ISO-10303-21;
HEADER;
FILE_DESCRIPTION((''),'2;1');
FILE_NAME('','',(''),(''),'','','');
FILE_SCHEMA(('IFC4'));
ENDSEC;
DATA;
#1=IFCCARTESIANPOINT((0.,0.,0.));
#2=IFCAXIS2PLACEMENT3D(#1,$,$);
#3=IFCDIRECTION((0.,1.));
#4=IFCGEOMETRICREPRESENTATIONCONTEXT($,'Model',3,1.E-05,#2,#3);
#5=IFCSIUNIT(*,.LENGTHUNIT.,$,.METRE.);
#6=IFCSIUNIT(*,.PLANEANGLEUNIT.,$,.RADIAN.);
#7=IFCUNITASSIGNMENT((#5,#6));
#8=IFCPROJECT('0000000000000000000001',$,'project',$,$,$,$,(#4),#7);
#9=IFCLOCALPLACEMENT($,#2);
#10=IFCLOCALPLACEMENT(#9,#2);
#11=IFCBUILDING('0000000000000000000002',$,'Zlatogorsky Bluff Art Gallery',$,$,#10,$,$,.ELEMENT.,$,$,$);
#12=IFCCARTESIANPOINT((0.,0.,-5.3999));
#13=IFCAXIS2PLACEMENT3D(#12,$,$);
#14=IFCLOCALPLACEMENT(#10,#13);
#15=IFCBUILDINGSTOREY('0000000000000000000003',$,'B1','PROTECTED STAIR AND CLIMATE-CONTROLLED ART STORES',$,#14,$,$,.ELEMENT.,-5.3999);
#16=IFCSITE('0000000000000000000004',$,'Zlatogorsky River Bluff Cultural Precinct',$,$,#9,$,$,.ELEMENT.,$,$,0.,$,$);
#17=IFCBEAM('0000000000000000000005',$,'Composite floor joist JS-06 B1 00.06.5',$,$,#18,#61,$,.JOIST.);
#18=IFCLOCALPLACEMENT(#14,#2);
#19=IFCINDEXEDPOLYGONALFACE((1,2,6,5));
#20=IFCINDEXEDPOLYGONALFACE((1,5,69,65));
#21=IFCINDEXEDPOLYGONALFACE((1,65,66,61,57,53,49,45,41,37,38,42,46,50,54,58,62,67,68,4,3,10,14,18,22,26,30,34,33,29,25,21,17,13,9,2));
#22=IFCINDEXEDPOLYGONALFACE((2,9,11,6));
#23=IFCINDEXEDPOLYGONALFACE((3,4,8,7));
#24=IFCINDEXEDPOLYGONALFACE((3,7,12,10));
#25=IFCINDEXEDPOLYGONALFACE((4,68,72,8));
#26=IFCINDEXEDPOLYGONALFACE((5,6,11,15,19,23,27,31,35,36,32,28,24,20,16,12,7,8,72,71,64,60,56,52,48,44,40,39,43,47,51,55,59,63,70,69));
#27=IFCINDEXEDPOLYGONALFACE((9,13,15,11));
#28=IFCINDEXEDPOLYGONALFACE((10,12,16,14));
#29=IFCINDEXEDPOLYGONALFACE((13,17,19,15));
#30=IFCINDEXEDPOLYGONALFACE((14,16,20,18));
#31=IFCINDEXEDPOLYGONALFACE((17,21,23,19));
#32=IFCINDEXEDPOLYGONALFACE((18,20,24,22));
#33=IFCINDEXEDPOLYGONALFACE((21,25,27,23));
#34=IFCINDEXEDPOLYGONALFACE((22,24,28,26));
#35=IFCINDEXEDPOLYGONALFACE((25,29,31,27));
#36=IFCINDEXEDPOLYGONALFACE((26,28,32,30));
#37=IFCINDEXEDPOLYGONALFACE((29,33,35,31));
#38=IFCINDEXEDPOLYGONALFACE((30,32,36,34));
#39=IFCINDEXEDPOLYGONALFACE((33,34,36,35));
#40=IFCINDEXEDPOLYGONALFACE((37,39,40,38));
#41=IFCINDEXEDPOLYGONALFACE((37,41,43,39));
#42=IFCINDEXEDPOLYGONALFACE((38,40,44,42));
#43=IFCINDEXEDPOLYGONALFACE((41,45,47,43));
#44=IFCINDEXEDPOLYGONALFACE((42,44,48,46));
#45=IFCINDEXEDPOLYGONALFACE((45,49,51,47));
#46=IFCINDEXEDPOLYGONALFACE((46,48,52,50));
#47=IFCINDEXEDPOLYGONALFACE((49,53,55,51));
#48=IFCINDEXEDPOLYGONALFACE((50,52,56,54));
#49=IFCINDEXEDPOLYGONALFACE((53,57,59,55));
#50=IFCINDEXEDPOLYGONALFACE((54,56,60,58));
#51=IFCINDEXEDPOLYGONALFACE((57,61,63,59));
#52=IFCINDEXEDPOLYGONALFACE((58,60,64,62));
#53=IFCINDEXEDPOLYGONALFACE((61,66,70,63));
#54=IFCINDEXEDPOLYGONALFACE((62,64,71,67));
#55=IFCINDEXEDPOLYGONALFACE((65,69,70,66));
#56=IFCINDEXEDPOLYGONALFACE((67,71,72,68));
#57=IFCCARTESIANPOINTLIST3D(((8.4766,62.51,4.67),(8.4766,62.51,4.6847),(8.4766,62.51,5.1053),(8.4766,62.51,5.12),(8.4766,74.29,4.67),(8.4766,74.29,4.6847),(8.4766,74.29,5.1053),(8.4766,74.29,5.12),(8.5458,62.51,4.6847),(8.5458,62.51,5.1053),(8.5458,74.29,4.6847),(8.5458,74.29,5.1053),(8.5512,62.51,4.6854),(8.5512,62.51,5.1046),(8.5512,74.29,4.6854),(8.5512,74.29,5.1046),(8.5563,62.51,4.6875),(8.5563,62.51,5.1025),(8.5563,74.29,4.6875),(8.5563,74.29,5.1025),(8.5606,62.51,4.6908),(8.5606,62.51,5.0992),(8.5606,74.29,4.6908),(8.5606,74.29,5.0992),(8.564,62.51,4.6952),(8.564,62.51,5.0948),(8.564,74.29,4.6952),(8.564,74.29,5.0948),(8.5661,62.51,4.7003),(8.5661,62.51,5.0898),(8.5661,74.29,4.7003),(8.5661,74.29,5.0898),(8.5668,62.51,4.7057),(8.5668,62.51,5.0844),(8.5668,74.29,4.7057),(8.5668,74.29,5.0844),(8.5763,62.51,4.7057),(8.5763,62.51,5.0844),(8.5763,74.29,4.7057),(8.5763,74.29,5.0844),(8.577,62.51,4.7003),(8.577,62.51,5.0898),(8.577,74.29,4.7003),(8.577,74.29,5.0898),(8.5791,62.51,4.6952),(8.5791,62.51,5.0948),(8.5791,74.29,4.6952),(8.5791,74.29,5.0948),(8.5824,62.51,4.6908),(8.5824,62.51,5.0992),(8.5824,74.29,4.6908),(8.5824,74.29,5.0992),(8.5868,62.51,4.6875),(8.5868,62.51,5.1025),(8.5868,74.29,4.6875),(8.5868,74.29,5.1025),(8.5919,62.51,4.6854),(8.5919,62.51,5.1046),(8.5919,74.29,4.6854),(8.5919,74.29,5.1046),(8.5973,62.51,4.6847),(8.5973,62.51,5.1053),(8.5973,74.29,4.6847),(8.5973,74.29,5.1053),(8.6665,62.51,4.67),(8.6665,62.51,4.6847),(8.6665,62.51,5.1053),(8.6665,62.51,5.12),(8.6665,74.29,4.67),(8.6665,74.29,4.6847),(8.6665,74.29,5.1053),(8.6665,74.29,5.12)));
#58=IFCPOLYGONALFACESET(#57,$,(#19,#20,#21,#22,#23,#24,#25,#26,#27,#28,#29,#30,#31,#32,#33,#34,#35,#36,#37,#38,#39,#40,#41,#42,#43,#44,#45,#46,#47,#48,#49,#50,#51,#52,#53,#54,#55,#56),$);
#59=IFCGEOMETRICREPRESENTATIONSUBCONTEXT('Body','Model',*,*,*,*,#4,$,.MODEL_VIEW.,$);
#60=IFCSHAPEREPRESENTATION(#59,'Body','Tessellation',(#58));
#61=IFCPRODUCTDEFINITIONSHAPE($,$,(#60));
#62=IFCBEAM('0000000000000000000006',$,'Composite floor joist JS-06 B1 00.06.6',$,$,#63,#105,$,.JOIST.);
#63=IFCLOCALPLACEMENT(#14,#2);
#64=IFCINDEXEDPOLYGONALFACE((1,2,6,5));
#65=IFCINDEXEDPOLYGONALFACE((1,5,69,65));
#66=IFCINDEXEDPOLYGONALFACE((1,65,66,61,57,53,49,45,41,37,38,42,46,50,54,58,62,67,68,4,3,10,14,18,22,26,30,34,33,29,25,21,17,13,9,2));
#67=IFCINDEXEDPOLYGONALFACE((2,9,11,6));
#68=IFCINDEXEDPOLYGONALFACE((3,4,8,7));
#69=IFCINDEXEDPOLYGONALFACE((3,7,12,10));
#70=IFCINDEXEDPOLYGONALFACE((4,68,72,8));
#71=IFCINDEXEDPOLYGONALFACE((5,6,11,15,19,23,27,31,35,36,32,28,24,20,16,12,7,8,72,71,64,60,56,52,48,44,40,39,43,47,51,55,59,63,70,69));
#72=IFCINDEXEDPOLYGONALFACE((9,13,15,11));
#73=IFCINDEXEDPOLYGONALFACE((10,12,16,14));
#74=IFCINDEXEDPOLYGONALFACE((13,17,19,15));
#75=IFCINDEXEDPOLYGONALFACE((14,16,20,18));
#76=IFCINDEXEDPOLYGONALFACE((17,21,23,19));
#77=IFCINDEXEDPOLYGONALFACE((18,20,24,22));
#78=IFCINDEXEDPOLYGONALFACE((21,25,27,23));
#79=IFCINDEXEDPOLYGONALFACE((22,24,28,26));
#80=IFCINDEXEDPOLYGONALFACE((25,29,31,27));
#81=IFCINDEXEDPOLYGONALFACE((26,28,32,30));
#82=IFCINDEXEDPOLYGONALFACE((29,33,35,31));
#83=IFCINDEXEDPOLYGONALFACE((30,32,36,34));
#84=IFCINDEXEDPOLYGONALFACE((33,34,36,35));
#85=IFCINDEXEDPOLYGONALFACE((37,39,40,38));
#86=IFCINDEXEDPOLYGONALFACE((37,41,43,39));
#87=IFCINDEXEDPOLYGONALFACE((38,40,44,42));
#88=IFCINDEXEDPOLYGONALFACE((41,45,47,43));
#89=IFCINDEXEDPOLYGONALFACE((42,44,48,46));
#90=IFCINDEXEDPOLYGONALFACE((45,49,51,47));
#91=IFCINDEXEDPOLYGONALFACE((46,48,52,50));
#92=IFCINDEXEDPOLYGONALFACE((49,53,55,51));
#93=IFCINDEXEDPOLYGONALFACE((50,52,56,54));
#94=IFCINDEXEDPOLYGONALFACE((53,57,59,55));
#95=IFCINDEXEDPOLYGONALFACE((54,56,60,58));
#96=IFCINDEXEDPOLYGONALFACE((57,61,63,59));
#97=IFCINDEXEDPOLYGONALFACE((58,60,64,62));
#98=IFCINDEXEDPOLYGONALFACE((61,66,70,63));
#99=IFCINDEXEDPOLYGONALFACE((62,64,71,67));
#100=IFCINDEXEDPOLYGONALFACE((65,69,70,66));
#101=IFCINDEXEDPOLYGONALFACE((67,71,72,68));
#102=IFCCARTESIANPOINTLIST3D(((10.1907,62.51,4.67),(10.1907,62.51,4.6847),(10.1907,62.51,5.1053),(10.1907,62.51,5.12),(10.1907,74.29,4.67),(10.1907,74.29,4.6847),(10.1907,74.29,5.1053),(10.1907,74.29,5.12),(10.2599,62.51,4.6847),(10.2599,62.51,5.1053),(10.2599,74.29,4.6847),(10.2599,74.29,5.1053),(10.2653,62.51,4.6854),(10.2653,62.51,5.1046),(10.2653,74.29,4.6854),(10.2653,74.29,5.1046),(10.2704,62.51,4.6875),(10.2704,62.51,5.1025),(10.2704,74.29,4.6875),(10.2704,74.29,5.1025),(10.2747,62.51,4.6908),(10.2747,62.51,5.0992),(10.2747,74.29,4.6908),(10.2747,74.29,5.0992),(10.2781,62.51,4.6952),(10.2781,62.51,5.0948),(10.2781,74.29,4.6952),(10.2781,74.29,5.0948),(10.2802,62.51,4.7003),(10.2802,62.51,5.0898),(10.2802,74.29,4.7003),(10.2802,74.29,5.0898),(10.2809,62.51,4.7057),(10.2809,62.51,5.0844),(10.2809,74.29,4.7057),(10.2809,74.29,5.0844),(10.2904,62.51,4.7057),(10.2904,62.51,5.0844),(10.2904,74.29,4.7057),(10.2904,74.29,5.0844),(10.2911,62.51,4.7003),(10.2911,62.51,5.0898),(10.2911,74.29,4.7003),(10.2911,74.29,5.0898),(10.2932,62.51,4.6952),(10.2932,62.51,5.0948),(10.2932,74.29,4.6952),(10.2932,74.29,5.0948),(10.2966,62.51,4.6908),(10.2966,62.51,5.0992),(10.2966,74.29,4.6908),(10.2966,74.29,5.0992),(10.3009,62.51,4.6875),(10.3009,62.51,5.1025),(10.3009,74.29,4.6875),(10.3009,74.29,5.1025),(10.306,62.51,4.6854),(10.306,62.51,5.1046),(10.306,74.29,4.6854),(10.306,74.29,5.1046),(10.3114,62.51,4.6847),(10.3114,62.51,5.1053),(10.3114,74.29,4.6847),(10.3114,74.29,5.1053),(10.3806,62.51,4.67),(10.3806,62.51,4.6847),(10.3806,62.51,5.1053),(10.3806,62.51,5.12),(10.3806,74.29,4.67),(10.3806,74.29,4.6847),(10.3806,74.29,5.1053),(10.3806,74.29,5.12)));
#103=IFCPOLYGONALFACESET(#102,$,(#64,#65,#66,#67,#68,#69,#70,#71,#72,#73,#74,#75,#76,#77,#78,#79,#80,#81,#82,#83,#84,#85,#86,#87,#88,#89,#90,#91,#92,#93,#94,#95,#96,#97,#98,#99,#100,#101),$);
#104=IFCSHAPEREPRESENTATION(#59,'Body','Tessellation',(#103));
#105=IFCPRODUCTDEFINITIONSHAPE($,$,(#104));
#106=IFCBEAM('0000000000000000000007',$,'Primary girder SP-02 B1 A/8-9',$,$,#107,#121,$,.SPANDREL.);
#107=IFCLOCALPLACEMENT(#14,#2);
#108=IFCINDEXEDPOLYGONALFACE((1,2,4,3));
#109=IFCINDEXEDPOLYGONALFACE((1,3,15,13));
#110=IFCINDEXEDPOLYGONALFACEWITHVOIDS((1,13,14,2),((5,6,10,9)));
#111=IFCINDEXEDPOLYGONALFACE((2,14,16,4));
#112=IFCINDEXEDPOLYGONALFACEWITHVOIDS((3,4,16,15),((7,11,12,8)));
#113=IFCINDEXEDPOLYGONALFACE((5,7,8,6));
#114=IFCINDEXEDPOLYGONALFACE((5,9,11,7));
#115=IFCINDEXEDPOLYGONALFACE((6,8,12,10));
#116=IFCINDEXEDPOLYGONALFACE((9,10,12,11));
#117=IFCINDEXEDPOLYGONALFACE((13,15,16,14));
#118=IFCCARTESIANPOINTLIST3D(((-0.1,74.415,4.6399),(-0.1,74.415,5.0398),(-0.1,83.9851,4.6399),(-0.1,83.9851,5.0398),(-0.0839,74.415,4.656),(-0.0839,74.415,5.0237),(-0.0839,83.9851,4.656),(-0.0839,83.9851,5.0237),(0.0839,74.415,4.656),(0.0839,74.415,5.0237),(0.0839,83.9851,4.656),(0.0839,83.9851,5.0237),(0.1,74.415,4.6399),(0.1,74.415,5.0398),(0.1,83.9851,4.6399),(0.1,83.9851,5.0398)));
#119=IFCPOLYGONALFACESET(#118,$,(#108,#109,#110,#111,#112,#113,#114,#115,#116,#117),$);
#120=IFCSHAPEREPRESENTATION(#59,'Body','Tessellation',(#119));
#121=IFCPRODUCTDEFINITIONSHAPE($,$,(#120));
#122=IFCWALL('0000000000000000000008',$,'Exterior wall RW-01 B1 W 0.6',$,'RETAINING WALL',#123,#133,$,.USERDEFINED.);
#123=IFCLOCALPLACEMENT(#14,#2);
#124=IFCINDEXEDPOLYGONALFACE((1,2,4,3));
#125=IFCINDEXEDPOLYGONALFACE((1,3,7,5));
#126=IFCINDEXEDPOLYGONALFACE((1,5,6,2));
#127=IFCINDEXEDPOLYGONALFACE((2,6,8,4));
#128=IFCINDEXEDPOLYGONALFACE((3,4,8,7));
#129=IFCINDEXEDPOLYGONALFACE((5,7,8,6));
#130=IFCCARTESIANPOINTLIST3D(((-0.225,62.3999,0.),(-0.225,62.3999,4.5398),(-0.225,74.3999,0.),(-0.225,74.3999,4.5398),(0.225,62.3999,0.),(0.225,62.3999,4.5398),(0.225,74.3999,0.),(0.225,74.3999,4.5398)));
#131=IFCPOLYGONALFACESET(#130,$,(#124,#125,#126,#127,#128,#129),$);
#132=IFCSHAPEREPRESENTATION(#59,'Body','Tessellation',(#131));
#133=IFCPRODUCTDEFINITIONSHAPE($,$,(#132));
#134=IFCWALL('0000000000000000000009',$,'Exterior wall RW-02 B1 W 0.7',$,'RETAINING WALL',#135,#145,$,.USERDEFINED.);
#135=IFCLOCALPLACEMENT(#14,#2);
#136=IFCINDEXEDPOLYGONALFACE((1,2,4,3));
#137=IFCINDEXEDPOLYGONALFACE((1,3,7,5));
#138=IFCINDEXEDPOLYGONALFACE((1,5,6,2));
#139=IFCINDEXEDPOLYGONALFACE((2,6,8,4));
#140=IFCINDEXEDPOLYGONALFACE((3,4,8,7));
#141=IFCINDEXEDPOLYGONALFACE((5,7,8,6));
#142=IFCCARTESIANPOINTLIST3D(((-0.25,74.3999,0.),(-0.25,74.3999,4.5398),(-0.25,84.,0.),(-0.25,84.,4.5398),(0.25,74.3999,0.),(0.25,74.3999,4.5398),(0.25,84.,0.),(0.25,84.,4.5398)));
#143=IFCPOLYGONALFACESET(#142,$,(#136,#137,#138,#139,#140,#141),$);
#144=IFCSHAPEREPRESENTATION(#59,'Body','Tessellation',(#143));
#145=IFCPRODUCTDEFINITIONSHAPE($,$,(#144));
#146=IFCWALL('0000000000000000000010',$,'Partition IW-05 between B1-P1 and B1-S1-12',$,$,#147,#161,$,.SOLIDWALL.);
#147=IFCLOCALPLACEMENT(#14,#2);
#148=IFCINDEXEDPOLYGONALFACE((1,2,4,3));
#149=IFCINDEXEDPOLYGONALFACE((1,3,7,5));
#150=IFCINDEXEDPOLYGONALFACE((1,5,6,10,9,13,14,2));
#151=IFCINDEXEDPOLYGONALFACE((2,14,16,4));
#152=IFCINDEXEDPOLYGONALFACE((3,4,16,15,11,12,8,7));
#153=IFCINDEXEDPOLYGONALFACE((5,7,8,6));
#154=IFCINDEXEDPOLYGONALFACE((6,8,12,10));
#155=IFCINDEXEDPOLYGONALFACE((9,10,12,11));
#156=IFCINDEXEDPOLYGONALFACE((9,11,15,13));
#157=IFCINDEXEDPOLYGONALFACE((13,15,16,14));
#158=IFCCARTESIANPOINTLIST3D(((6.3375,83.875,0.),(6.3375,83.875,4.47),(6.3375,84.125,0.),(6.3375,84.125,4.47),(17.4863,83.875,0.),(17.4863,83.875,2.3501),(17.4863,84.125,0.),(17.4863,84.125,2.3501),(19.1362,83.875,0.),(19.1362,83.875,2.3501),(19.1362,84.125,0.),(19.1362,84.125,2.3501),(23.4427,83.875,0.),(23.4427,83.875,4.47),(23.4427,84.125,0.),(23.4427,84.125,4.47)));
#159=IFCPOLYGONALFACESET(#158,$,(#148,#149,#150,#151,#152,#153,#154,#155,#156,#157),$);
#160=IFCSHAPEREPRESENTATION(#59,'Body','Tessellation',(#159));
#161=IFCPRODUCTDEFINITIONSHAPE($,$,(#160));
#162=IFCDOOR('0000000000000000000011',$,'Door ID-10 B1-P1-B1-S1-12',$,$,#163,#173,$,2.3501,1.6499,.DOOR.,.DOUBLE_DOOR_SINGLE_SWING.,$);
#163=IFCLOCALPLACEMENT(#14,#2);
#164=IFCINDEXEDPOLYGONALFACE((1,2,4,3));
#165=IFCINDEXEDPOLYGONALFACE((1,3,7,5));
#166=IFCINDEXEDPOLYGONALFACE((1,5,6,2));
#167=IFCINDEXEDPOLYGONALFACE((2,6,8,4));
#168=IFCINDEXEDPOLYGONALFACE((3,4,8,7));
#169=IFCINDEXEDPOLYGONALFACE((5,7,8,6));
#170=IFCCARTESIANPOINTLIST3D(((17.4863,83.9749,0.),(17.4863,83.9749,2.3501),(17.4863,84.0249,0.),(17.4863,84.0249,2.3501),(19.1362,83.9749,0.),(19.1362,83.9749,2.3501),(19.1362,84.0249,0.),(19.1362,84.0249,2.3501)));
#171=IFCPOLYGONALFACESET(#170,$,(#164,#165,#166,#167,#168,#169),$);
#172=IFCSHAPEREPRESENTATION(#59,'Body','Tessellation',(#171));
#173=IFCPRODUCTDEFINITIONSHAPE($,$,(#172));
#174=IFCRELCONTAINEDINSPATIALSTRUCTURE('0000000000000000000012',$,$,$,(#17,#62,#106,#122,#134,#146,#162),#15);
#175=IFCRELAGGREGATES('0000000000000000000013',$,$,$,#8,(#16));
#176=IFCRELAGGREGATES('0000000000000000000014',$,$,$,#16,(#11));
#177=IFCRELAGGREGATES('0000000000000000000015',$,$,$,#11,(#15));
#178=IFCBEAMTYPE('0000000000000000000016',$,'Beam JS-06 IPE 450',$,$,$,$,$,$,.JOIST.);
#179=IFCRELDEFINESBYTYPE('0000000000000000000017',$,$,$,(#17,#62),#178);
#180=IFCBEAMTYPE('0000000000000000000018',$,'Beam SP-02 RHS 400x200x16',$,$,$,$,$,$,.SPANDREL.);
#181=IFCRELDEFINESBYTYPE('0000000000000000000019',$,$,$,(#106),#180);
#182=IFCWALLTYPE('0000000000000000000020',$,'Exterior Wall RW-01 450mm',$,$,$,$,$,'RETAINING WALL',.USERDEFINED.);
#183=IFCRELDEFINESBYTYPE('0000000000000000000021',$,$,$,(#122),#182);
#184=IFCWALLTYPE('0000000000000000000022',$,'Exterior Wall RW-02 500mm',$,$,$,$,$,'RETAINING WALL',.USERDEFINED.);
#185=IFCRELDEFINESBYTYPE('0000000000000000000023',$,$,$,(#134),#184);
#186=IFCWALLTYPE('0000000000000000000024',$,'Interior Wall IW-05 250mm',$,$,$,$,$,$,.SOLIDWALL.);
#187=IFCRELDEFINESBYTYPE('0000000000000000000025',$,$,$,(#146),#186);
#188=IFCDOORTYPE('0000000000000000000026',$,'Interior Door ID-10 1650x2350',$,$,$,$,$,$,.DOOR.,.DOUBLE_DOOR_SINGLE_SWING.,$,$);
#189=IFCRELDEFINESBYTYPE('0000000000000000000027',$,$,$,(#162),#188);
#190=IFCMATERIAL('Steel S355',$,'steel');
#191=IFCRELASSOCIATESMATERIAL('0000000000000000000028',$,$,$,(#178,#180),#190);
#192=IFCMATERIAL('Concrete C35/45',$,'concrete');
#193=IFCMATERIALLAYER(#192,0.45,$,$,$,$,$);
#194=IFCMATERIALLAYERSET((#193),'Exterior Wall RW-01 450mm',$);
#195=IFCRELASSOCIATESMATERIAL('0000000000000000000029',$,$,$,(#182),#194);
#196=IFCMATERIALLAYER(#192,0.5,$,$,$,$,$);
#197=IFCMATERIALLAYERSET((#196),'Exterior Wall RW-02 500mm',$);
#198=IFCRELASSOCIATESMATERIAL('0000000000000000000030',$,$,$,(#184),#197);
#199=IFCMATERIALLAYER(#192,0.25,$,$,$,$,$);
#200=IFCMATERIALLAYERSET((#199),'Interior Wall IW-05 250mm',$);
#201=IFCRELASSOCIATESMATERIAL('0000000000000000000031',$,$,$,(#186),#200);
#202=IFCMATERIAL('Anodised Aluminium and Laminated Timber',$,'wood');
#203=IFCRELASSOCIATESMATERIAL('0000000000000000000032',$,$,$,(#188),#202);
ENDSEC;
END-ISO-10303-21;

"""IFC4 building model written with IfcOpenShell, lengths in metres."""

from ifc_helpers import new_model, si_unit, direction, frame, frame_2d, origin, origin_2d, place, context, subcontext, project, spatial, rectangle, hollow_rectangle, i_section, extrude, material, layer, layer_set, material_profile, profile_set, type_object, element, fill, save


model = new_model("IFC4")

# Units and contexts
model_context = context("Model", 3, precision=1e-05, world=origin(), true_north=direction((0.0, 1.0)))
body_context = subcontext(model_context, "Body", "Model", "MODEL_VIEW")
ifc_project = project(units=[si_unit("LENGTHUNIT", "METRE"), si_unit("PLANEANGLEUNIT", "RADIAN")], contexts=[model_context])

# Site, building, storey
site_placement = place(None, origin())
site = spatial("IfcSite", under=ifc_project, at=site_placement, Name="Zlatogorsky River Bluff Cultural Precinct", CompositionType="ELEMENT", RefElevation=0.0)
building_placement = place(site_placement, origin())
building = spatial("IfcBuilding", under=site, at=building_placement, Name="Zlatogorsky Bluff Art Gallery", CompositionType="ELEMENT")
storey_placement = place(building_placement, frame((0.0, 0.0, -5.3999)))
storey = spatial("IfcBuildingStorey", under=building, at=storey_placement, Name="B1", Description="PROTECTED STAIR AND CLIMATE-CONTROLLED ART STORES", CompositionType="ELEMENT", Elevation=-5.3999)

# Shared definitions
ifc_material_1 = material(Name="Concrete C35/45", Category="concrete")

# Shared definitions
ifc_material_2 = material(Name="Steel S355", Category="steel")

# Beams
ifc_material_profile_1 = material_profile(ifc_material_2, i_section(OverallWidth=0.1899, OverallDepth=0.45, WebThickness=0.0095, FlangeThickness=0.0146, FilletRadius=0.021, at=origin_2d()), Name="IPE 450")
ifc_profile_set_1 = profile_set([ifc_material_profile_1], Name="Steel S355")
beam_type_1 = type_object("IfcBeamType", Name="Beam JS-06 IPE 450", PredefinedType="JOIST", material=ifc_profile_set_1)
for number, where, z_axis, x_axis, name in (
    (1, (8.5715, 62.51, 4.895), (0.0, 1.0, 0.0), (-1.0, 0.0, 0.0), "Composite floor joist JS-06 B1 00.06.5"),
    (2, (10.2856, 62.51, 4.895), (0.0, 1.0, 0.0), (-1.0, 0.0, 0.0), "Composite floor joist JS-06 B1 00.06.6"),
):
    element("IfcBeam", number, at=place(storey_placement, frame(where, z_axis=z_axis, x_axis=x_axis)), inside=storey, type_object=beam_type_1, Name=name, PredefinedType="JOIST", context=body_context, shape_type="SweptSolid", body=[
        extrude(i_section(OverallWidth=0.1899, OverallDepth=0.45, WebThickness=0.0095, FlangeThickness=0.0146, FilletRadius=0.021, at=origin_2d()), origin(), (0.0, 0.0, 1.0), 11.78),
    ])
ifc_material_profile_2 = material_profile(ifc_material_2, hollow_rectangle(XDim=0.2, YDim=0.3999, WallThickness=0.0161, at=origin_2d()), Name="RHS 400x200x16")
ifc_profile_set_2 = profile_set([ifc_material_profile_2], Name="Steel S355")
beam_type_2 = type_object("IfcBeamType", Name="Beam SP-02 RHS 400x200x16", PredefinedType="SPANDREL", material=ifc_profile_set_2)
beam_1_placement = place(storey_placement, frame((0.0, 74.415, 4.8398), z_axis=(0.0, 1.0, 0.0), x_axis=(-1.0, 0.0, 0.0)))
element("IfcBeam", 3, at=beam_1_placement, inside=storey, type_object=beam_type_2, Name="Primary girder SP-02 B1 A/8-9", PredefinedType="SPANDREL", context=body_context, shape_type="SweptSolid", body=[
    extrude(hollow_rectangle(XDim=0.2, YDim=0.3999, WallThickness=0.0161, at=origin_2d()), origin(), (0.0, 0.0, 1.0), 9.5701),
])

# Walls
ifc_layer_1 = layer(ifc_material_1, 0.45)
ifc_layer_set_1 = layer_set([ifc_layer_1], Name="Exterior Wall RW-01 450mm")
wall_type_1 = type_object("IfcWallType", Name="Exterior Wall RW-01 450mm", ElementType="RETAINING WALL", PredefinedType="USERDEFINED", material=ifc_layer_set_1)
wall_1_placement = place(storey_placement, frame((0.0, 74.3999, 0.0), z_axis=(0.0, 0.0, 1.0), x_axis=(0.0, -1.0, 0.0)))
element("IfcWall", 4, at=wall_1_placement, inside=storey, type_object=wall_type_1, Name="Exterior wall RW-01 B1 W 0.6", ObjectType="RETAINING WALL", PredefinedType="USERDEFINED", context=body_context, shape_type="SweptSolid", body=[
    extrude(rectangle(XDim=12.0, YDim=0.45, at=frame_2d((6.0, 0.0))), origin(), (0.0, 0.0, 1.0), 4.5398),
])
ifc_layer_2 = layer(ifc_material_1, 0.5)
ifc_layer_set_2 = layer_set([ifc_layer_2], Name="Exterior Wall RW-02 500mm")
wall_type_2 = type_object("IfcWallType", Name="Exterior Wall RW-02 500mm", ElementType="RETAINING WALL", PredefinedType="USERDEFINED", material=ifc_layer_set_2)
wall_2_placement = place(storey_placement, frame((0.0, 84.0, 0.0), z_axis=(0.0, 0.0, 1.0), x_axis=(0.0, -1.0, 0.0)))
element("IfcWall", 5, at=wall_2_placement, inside=storey, type_object=wall_type_2, Name="Exterior wall RW-02 B1 W 0.7", ObjectType="RETAINING WALL", PredefinedType="USERDEFINED", context=body_context, shape_type="SweptSolid", body=[
    extrude(rectangle(XDim=9.6001, YDim=0.5, at=frame_2d((4.8, 0.0))), origin(), (0.0, 0.0, 1.0), 4.5398),
])

# Wall, opening, door
ifc_layer_3 = layer(ifc_material_1, 0.25)
ifc_layer_set_3 = layer_set([ifc_layer_3], Name="Interior Wall IW-05 250mm")
wall_type_3 = type_object("IfcWallType", Name="Interior Wall IW-05 250mm", PredefinedType="SOLIDWALL", material=ifc_layer_set_3)
wall_3_placement = place(storey_placement, frame((6.3374, 84.0, 0.0), z_axis=(0.0, 0.0, 1.0), x_axis=(1.0, 0.0, 0.0)))
wall_3 = element("IfcWall", 6, at=wall_3_placement, inside=storey, type_object=wall_type_3, Name="Partition IW-05 between B1-P1 and B1-S1-12", PredefinedType="SOLIDWALL", context=body_context, shape_type="SweptSolid", body=[
    extrude(rectangle(XDim=17.1052, YDim=0.25, at=frame_2d((8.5527, 0.0))), origin(), (0.0, 0.0, 1.0), 4.47),
])
opening_placement = place(wall_3_placement, frame((11.1489, 0.0, 0.0)))
opening = element("IfcOpeningElement", 7, at=opening_placement, cuts=wall_3, PredefinedType="OPENING", context=body_context, shape_type="SweptSolid", body=[
    extrude(rectangle(XDim=1.6499, YDim=2.3501, at=frame_2d((0.825, 1.175))), frame((0.0, 0.135, 0.0), z_axis=(0.0, -1.0, 0.0), x_axis=(1.0, 0.0, 0.0)), (0.0, 0.0, 1.0), 0.27),
])
ifc_material_3 = material(Name="Anodised Aluminium and Laminated Timber", Category="wood")
door_type = type_object("IfcDoorType", Name="Interior Door ID-10 1650x2350", OperationType="DOUBLE_DOOR_SINGLE_SWING", PredefinedType="DOOR", material=ifc_material_3)
door_placement = place(opening_placement, origin())
door = element("IfcDoor", 8, at=door_placement, inside=storey, type_object=door_type, Name="Door ID-10 B1-P1-B1-S1-12", OperationType="DOUBLE_DOOR_SINGLE_SWING", OverallHeight=2.3501, OverallWidth=1.6499, PredefinedType="DOOR", context=body_context, shape_type="SweptSolid", body=[
    extrude(rectangle(XDim=1.6499, YDim=2.3501, at=frame_2d((0.825, 1.175))), frame((0.0, 0.0249, 0.0), z_axis=(0.0, -1.0, 0.0), x_axis=(1.0, 0.0, 0.0)), (0.0, 0.0, 1.0), 0.05),
])
fill(opening, door)

save(model, "model.ifc")
